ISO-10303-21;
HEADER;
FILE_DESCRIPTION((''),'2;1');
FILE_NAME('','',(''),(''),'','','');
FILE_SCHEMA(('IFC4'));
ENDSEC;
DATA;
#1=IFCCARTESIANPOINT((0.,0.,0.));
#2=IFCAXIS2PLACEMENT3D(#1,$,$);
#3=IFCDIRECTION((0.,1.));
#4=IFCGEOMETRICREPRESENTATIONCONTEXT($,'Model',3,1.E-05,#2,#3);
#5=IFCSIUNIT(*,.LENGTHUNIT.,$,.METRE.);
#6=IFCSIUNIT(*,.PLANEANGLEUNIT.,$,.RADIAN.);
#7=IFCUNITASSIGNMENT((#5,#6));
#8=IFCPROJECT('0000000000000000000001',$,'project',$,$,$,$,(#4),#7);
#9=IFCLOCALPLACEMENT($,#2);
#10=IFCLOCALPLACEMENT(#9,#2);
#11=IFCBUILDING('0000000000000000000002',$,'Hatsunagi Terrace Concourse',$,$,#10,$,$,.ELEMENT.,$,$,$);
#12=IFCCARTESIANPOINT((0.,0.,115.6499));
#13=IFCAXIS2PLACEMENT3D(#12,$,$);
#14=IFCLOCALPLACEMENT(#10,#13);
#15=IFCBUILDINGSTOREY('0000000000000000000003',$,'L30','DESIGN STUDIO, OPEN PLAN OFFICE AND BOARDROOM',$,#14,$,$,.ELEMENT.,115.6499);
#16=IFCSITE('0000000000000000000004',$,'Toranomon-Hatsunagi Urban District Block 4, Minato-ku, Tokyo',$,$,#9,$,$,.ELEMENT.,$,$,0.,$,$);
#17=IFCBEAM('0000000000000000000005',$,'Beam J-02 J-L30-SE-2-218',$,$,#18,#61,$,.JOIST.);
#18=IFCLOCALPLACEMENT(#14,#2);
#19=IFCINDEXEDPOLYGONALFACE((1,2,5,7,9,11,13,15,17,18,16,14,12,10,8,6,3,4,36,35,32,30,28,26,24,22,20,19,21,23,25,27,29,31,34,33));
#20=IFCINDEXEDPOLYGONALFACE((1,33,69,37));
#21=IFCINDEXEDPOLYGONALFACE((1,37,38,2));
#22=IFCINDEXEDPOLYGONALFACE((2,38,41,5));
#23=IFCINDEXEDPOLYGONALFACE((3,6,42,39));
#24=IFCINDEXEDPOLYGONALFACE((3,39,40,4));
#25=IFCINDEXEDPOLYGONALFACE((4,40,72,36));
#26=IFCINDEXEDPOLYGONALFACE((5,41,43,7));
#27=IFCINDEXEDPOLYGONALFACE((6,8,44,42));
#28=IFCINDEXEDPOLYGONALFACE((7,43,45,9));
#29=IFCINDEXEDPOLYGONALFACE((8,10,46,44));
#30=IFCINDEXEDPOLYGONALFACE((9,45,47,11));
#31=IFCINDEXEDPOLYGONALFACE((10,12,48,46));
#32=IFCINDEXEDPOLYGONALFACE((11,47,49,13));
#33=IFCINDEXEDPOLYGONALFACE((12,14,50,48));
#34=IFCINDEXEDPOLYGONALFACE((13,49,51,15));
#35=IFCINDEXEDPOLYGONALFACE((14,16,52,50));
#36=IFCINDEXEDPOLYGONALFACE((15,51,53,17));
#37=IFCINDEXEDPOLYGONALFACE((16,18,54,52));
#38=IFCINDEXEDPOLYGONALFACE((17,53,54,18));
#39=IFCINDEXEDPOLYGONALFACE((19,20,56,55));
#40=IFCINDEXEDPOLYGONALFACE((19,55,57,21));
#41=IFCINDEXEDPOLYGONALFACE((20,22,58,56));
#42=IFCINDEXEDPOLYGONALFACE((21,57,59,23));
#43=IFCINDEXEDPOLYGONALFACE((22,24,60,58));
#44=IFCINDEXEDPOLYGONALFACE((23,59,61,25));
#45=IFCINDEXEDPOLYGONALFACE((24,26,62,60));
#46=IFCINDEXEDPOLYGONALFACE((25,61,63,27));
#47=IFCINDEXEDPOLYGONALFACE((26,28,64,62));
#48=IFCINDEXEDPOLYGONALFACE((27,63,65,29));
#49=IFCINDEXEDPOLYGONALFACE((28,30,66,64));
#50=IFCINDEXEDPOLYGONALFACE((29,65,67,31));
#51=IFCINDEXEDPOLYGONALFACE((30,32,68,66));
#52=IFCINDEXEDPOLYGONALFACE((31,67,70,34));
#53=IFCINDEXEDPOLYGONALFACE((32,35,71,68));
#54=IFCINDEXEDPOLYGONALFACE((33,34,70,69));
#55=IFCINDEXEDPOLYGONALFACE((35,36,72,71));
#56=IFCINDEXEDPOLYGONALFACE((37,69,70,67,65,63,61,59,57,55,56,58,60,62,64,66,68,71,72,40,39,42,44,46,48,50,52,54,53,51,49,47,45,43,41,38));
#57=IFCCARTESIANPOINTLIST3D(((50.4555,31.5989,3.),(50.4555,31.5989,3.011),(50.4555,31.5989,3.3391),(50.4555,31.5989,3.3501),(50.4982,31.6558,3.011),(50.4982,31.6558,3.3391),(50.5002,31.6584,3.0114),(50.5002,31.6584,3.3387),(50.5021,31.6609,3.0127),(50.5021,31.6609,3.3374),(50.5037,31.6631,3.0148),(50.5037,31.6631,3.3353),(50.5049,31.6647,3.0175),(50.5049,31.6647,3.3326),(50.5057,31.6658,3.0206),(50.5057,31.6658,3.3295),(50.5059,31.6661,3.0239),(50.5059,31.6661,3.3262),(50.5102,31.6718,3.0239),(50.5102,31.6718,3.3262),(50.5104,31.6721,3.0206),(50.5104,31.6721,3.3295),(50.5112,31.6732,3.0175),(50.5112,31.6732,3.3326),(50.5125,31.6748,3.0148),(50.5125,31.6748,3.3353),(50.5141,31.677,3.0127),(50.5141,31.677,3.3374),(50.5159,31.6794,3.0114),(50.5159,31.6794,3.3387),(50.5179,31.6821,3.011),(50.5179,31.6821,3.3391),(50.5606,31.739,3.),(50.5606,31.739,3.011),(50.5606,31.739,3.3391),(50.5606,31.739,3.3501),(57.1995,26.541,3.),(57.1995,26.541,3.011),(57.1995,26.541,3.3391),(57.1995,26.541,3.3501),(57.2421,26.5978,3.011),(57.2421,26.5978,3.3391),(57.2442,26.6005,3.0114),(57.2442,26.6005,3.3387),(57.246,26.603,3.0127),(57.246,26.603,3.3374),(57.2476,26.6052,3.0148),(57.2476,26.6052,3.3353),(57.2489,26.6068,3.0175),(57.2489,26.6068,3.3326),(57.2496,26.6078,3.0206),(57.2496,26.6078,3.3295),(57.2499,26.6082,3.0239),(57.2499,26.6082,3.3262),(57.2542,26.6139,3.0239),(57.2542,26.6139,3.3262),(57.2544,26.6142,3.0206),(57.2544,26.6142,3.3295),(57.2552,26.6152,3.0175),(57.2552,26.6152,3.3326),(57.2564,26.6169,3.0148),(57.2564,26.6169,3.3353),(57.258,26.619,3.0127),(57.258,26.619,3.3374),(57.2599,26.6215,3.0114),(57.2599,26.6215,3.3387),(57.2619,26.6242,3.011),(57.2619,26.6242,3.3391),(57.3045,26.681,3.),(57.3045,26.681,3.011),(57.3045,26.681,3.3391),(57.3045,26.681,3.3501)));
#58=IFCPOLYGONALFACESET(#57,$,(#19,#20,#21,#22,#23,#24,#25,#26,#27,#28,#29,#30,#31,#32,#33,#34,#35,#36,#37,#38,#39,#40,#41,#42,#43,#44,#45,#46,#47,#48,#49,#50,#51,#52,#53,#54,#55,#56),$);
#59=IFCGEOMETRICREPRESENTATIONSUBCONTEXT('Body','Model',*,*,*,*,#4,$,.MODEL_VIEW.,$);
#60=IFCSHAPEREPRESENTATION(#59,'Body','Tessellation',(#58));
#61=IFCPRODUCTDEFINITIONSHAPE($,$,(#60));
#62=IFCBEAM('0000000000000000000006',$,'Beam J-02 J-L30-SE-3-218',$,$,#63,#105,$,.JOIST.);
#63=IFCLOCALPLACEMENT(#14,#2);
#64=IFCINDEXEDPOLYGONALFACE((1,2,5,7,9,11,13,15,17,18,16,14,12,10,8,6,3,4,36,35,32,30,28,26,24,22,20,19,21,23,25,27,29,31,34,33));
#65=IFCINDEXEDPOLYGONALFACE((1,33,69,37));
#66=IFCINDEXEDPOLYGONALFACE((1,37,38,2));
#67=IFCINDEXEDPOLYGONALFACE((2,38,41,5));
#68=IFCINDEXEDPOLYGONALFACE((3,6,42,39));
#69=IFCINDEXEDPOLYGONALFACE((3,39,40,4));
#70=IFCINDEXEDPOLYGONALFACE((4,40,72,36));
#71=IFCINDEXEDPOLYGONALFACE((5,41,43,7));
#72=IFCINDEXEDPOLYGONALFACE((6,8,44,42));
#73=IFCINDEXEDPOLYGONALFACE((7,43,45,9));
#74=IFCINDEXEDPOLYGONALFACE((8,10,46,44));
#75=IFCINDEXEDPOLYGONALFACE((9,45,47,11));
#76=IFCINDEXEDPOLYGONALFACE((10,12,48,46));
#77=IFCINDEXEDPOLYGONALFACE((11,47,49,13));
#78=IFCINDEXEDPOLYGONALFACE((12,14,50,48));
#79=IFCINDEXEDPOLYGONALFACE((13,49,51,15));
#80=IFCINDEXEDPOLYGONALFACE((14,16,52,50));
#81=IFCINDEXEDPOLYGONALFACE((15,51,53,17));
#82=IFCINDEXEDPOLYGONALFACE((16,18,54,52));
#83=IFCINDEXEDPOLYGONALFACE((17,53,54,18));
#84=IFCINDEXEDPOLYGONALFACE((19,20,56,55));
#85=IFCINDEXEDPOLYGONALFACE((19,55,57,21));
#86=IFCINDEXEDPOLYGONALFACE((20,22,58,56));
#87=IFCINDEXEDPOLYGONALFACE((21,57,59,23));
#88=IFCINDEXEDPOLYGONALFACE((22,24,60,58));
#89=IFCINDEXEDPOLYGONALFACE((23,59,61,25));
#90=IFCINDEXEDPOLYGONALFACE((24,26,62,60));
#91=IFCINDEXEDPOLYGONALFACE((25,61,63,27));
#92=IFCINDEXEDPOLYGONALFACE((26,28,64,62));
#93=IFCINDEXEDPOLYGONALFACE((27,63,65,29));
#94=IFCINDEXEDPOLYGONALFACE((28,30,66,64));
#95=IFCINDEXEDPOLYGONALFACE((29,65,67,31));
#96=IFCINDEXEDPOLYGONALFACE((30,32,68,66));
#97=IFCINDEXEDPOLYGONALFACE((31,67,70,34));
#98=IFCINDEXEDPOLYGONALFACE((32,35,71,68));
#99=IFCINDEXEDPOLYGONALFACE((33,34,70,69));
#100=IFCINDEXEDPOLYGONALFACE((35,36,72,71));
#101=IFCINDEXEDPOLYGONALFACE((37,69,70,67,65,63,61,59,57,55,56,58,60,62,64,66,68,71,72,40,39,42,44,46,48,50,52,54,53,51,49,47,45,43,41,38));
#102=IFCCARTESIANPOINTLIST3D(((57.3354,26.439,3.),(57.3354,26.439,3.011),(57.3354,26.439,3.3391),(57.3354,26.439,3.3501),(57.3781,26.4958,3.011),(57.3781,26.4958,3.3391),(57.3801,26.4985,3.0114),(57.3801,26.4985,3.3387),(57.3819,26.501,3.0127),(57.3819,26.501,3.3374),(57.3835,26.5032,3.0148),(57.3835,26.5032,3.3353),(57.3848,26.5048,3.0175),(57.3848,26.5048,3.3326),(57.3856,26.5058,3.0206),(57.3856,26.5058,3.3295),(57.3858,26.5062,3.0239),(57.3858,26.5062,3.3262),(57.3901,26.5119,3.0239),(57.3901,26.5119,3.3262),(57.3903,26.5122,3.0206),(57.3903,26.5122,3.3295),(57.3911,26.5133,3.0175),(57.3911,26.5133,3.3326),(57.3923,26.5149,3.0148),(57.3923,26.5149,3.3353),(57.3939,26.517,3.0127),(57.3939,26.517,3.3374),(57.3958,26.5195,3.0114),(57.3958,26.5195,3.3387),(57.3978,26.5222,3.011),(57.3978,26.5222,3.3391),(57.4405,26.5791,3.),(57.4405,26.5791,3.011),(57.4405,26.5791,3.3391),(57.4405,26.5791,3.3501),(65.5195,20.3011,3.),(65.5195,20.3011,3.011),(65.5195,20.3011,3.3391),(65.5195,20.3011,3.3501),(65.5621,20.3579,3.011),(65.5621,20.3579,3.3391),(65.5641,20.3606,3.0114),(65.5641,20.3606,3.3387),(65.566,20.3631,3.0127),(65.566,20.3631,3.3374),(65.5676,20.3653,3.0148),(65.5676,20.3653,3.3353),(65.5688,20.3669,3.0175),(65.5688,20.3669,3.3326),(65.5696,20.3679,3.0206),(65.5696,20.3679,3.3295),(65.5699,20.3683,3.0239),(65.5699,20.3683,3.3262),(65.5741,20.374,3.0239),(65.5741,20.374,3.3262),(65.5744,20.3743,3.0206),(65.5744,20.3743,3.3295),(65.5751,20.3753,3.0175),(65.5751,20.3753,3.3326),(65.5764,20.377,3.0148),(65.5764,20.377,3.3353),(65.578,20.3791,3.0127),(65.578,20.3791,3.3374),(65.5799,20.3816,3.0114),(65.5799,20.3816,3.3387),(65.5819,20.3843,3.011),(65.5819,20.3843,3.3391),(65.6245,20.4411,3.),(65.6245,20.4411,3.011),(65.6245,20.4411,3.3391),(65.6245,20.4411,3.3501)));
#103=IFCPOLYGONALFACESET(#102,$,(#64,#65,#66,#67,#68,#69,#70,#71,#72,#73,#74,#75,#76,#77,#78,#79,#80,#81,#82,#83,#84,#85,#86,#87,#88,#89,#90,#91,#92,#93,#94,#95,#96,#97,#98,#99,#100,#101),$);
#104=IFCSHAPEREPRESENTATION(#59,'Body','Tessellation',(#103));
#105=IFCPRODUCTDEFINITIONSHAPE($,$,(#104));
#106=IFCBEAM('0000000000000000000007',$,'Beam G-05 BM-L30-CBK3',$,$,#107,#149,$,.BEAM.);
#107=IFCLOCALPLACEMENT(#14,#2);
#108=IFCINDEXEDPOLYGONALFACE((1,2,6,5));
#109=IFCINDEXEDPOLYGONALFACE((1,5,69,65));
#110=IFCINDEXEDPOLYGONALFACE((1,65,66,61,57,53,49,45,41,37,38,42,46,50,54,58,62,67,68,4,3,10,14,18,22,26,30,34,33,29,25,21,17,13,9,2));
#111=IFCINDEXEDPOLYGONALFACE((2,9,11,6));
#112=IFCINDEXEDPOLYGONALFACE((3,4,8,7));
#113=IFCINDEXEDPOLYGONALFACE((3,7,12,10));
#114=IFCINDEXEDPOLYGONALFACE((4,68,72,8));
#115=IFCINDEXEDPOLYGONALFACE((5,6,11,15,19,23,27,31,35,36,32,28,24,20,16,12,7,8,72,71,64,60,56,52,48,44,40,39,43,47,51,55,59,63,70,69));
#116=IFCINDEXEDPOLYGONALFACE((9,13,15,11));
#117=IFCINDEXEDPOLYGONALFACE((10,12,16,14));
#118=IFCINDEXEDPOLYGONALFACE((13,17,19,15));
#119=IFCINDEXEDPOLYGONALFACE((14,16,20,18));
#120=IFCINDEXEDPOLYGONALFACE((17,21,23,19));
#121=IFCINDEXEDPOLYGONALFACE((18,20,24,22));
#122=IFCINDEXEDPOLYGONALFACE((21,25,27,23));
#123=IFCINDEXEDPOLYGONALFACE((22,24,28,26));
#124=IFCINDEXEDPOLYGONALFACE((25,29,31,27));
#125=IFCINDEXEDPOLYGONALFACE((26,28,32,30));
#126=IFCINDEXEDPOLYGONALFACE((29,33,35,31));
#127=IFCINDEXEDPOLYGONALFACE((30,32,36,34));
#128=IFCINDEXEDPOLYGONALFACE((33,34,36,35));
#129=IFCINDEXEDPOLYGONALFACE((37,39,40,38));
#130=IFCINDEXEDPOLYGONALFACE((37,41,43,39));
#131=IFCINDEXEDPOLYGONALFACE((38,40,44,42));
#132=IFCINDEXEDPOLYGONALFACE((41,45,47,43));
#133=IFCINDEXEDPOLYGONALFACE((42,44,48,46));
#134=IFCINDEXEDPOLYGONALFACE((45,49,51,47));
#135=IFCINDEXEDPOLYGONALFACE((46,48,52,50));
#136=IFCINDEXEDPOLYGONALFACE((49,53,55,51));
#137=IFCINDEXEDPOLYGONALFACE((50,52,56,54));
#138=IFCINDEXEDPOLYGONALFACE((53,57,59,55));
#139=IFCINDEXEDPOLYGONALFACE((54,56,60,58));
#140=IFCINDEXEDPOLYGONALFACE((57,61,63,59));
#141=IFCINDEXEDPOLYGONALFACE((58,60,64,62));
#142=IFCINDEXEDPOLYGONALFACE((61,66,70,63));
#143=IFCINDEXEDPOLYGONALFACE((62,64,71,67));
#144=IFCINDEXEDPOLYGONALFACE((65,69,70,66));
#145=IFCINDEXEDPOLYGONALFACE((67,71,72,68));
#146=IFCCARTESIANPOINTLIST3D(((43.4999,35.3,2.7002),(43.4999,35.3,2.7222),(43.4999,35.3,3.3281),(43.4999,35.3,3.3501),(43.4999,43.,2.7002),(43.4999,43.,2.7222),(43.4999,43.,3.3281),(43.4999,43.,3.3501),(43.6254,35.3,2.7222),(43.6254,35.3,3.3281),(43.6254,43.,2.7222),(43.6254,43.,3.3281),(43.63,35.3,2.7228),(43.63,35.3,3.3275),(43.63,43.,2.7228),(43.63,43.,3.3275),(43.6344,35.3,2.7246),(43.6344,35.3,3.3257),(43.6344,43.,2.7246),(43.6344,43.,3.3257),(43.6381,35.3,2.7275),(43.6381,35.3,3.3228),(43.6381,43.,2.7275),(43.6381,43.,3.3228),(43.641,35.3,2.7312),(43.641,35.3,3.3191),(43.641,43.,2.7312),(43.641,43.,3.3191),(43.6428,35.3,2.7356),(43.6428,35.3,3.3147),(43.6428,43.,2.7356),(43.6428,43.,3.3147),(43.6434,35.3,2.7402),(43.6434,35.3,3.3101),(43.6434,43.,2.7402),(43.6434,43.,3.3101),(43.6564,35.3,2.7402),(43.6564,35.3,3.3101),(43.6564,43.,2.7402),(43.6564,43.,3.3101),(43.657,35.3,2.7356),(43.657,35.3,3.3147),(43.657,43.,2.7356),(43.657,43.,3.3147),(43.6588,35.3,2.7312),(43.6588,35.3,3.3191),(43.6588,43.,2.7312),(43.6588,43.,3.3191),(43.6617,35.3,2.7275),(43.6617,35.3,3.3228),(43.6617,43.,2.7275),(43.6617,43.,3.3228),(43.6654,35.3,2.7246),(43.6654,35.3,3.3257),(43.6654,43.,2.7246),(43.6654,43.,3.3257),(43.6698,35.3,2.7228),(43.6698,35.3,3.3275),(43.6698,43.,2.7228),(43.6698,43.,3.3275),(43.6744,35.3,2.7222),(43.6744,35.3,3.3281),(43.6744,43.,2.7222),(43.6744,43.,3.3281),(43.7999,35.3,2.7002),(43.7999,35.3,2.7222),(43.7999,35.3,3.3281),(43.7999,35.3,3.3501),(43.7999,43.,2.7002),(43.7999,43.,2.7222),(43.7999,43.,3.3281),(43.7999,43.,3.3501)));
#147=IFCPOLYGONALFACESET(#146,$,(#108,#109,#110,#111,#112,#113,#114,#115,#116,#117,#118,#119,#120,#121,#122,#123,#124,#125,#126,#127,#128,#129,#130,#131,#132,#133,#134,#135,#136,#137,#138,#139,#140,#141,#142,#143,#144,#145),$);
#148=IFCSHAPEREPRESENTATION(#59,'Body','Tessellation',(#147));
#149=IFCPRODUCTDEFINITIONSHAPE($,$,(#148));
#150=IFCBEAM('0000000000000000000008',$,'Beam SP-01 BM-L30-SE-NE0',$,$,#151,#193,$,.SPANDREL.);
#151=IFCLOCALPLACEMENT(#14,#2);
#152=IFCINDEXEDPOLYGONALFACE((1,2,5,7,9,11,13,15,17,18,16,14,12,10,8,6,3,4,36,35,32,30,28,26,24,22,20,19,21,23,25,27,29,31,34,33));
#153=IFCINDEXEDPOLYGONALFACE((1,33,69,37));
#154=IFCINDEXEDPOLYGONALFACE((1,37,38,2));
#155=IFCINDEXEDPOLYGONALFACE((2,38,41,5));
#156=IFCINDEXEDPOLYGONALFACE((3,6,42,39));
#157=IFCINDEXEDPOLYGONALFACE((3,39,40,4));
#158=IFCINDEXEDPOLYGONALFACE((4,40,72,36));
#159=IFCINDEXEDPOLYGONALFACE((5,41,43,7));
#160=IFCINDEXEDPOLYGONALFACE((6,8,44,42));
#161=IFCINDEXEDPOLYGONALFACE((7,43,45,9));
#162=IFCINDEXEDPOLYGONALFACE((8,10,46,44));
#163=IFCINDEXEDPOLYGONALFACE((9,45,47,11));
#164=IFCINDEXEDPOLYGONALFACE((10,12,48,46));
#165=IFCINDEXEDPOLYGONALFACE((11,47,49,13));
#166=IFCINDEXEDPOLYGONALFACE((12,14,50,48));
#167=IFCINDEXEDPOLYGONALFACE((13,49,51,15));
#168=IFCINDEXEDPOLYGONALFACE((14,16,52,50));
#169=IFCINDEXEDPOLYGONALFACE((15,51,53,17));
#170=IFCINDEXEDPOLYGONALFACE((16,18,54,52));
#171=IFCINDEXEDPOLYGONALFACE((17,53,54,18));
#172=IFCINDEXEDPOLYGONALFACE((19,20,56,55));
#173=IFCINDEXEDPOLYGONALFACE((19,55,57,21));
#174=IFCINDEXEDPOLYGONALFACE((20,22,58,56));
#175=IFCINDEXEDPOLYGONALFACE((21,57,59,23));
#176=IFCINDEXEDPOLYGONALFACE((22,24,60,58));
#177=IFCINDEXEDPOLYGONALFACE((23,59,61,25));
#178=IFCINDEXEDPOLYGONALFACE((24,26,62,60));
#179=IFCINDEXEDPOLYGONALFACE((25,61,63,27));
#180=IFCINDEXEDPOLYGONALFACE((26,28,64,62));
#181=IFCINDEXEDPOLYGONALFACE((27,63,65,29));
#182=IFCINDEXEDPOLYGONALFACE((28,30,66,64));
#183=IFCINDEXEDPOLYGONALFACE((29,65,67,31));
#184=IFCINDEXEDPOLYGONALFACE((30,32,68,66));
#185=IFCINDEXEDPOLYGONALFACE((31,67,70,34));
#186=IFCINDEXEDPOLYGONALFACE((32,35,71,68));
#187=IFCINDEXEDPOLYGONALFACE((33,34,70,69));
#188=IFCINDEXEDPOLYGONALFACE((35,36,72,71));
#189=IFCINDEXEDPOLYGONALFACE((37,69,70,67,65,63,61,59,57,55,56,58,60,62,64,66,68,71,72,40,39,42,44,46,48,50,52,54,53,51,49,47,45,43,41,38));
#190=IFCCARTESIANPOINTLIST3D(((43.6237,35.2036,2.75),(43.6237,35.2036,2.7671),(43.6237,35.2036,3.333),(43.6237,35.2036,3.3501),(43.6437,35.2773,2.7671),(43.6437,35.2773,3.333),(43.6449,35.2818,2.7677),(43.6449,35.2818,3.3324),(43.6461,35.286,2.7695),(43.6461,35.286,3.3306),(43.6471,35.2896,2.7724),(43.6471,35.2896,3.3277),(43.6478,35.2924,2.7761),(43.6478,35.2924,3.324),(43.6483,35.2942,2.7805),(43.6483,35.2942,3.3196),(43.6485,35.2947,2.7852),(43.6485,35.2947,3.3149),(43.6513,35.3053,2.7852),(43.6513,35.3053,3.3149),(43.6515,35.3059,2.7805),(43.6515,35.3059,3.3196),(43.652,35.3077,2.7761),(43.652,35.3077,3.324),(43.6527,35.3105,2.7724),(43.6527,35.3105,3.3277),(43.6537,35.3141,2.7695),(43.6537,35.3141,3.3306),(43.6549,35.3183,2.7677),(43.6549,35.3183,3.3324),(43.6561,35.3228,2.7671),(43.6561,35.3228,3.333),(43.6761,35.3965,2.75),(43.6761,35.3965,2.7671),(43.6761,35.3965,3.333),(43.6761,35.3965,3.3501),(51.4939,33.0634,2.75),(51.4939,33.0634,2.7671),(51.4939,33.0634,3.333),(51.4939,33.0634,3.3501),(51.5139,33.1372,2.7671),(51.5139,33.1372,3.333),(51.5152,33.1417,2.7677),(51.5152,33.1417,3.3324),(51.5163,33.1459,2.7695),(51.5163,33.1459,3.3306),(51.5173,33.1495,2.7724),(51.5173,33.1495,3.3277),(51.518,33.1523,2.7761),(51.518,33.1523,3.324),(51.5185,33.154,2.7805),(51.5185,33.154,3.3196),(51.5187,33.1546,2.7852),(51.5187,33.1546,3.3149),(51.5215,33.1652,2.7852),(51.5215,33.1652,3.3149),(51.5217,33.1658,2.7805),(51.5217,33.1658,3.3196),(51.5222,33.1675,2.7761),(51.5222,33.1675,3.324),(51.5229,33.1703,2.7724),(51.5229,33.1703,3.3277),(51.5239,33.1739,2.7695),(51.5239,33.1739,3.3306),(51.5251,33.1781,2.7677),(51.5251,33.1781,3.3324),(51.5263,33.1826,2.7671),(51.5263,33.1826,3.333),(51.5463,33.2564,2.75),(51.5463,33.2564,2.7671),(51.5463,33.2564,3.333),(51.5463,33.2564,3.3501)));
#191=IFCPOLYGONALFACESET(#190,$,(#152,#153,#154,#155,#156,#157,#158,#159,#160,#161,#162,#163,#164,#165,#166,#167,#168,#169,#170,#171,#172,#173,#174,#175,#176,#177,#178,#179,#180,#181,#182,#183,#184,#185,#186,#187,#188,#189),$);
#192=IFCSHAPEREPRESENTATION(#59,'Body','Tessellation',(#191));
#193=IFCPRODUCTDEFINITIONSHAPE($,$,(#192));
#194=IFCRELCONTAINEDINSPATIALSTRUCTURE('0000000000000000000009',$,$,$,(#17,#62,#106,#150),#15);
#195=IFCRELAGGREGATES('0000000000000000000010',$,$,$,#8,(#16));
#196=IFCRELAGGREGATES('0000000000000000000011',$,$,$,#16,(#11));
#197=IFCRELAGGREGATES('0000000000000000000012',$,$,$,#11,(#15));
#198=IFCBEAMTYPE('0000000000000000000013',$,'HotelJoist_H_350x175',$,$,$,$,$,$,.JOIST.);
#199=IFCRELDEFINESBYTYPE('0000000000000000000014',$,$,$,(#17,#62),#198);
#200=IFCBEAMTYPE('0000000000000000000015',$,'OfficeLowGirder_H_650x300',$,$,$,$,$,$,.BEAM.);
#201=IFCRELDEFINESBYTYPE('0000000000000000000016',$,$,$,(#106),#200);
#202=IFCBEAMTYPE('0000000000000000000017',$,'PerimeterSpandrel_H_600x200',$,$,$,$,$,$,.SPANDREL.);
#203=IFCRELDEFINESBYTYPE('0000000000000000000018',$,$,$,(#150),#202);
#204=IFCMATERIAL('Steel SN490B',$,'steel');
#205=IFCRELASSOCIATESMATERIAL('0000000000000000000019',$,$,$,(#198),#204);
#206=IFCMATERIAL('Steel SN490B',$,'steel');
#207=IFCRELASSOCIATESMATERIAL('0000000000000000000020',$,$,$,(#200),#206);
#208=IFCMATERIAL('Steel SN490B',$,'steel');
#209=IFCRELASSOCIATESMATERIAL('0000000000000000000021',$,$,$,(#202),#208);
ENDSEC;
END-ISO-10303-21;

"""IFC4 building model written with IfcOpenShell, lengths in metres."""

from ifc_helpers import new_model, si_unit, direction, frame, origin, origin_2d, place, context, subcontext, project, spatial, i_section, extrude, material, material_profile, profile_set, type_object, element, save


model = new_model("IFC4")

# Units and contexts
model_context = context("Model", 3, precision=1e-05, world=origin(), true_north=direction((0.0, 1.0)))
body_context = subcontext(model_context, "Body", "Model", "MODEL_VIEW")
ifc_project = project(units=[si_unit("LENGTHUNIT", "METRE"), si_unit("PLANEANGLEUNIT", "RADIAN")], contexts=[model_context])

# Site, building, storey
site_placement = place(None, origin())
site = spatial("IfcSite", under=ifc_project, at=site_placement, Name="Toranomon-Hatsunagi Urban District Block 4, Minato-ku, Tokyo", CompositionType="ELEMENT", RefElevation=0.0)
building_placement = place(site_placement, origin())
building = spatial("IfcBuilding", under=site, at=building_placement, Name="Hatsunagi Terrace Concourse", CompositionType="ELEMENT")
storey_placement = place(building_placement, frame((0.0, 0.0, 115.6499)))
storey = spatial("IfcBuildingStorey", under=building, at=storey_placement, Name="L30", Description="DESIGN STUDIO, OPEN PLAN OFFICE AND BOARDROOM", CompositionType="ELEMENT", Elevation=115.6499)

# Beams
ifc_material_1 = material(Name="Steel SN490B", Category="steel")
ifc_material_profile_1 = material_profile(ifc_material_1, i_section(OverallWidth=0.175, OverallDepth=0.3501, WebThickness=0.0071, FlangeThickness=0.011, FilletRadius=0.0129, at=origin_2d()), Name="H-350x175x7x11")
ifc_profile_set_1 = profile_set([ifc_material_profile_1], Name="Steel SN490B")
beam_type_1 = type_object("IfcBeamType", Name="HotelJoist_H_350x175", PredefinedType="JOIST", material=ifc_profile_set_1)
for number, where, z_axis, x_axis, name in (
    (1, (50.5081, 31.6689, 3.175), (0.800003, -0.599995, 0.0), (0.599995, 0.800003, 0.0), "Beam J-02 J-L30-SE-2-218"),
):
    element("IfcBeam", number, at=place(storey_placement, frame(where, z_axis=z_axis, x_axis=x_axis)), inside=storey, type_object=beam_type_1, Name=name, PredefinedType="JOIST", context=body_context, shape_type="SweptSolid", body=[
        extrude(i_section(OverallWidth=0.175, OverallDepth=0.3501, WebThickness=0.0071, FlangeThickness=0.011, FilletRadius=0.0129, at=origin_2d()), origin(), (0.0, 0.0, 1.0), 8.4299),
    ])
beam_1_placement = place(storey_placement, frame((57.3879, 26.509, 3.175), z_axis=(0.800006, -0.599992, 0.0), x_axis=(0.599992, 0.800006, 0.0)))
element("IfcBeam", 2, at=beam_1_placement, inside=storey, type_object=beam_type_1, Name="Beam J-02 J-L30-SE-3-218", PredefinedType="JOIST", context=body_context, shape_type="SweptSolid", body=[
    extrude(i_section(OverallWidth=0.175, OverallDepth=0.3501, WebThickness=0.0071, FlangeThickness=0.011, FilletRadius=0.0129, at=origin_2d()), origin(), (0.0, 0.0, 1.0), 10.23),
])
ifc_material_2 = material(Name="Steel SN490B", Category="steel")
ifc_material_profile_2 = material_profile(ifc_material_2, i_section(OverallWidth=0.3, OverallDepth=0.6499, WebThickness=0.0129, FlangeThickness=0.022, FilletRadius=0.0181, at=origin_2d()), Name="H-650x300x13x22")
ifc_profile_set_2 = profile_set([ifc_material_profile_2], Name="Steel SN490B")
beam_type_2 = type_object("IfcBeamType", Name="OfficeLowGirder_H_650x300", PredefinedType="BEAM", material=ifc_profile_set_2)
beam_2_placement = place(storey_placement, frame((43.6499, 35.3, 3.0251), z_axis=(0.0, 1.0, 0.0), x_axis=(-1.0, 0.0, 0.0)))
element("IfcBeam", 3, at=beam_2_placement, inside=storey, type_object=beam_type_2, Name="Beam G-05 BM-L30-CBK3", PredefinedType="BEAM", context=body_context, shape_type="SweptSolid", body=[
    extrude(i_section(OverallWidth=0.3, OverallDepth=0.6499, WebThickness=0.0129, FlangeThickness=0.022, FilletRadius=0.0181, at=origin_2d()), origin(), (0.0, 0.0, 1.0), 7.7),
])
ifc_material_3 = material(Name="Steel SN490B", Category="steel")
ifc_material_profile_3 = material_profile(ifc_material_3, i_section(OverallWidth=0.2, OverallDepth=0.6001, WebThickness=0.011, FlangeThickness=0.0171, FilletRadius=0.0181, at=origin_2d()), Name="H-600x200x11x17")
ifc_profile_set_3 = profile_set([ifc_material_profile_3], Name="Steel SN490B")
beam_type_3 = type_object("IfcBeamType", Name="PerimeterSpandrel_H_600x200", PredefinedType="SPANDREL", material=ifc_profile_set_3)
beam_3_placement = place(storey_placement, frame((43.6499, 35.3, 3.05), z_axis=(0.964958, -0.262403, 0.0), x_axis=(0.262403, 0.964958, 0.0)))
element("IfcBeam", 4, at=beam_3_placement, inside=storey, type_object=beam_type_3, Name="Beam SP-01 BM-L30-SE-NE0", PredefinedType="SPANDREL", context=body_context, shape_type="SweptSolid", body=[
    extrude(i_section(OverallWidth=0.2, OverallDepth=0.6001, WebThickness=0.011, FlangeThickness=0.0171, FilletRadius=0.0181, at=origin_2d()), origin(), (0.0, 0.0, 1.0), 8.156),
])

save(model, "model.ifc")
